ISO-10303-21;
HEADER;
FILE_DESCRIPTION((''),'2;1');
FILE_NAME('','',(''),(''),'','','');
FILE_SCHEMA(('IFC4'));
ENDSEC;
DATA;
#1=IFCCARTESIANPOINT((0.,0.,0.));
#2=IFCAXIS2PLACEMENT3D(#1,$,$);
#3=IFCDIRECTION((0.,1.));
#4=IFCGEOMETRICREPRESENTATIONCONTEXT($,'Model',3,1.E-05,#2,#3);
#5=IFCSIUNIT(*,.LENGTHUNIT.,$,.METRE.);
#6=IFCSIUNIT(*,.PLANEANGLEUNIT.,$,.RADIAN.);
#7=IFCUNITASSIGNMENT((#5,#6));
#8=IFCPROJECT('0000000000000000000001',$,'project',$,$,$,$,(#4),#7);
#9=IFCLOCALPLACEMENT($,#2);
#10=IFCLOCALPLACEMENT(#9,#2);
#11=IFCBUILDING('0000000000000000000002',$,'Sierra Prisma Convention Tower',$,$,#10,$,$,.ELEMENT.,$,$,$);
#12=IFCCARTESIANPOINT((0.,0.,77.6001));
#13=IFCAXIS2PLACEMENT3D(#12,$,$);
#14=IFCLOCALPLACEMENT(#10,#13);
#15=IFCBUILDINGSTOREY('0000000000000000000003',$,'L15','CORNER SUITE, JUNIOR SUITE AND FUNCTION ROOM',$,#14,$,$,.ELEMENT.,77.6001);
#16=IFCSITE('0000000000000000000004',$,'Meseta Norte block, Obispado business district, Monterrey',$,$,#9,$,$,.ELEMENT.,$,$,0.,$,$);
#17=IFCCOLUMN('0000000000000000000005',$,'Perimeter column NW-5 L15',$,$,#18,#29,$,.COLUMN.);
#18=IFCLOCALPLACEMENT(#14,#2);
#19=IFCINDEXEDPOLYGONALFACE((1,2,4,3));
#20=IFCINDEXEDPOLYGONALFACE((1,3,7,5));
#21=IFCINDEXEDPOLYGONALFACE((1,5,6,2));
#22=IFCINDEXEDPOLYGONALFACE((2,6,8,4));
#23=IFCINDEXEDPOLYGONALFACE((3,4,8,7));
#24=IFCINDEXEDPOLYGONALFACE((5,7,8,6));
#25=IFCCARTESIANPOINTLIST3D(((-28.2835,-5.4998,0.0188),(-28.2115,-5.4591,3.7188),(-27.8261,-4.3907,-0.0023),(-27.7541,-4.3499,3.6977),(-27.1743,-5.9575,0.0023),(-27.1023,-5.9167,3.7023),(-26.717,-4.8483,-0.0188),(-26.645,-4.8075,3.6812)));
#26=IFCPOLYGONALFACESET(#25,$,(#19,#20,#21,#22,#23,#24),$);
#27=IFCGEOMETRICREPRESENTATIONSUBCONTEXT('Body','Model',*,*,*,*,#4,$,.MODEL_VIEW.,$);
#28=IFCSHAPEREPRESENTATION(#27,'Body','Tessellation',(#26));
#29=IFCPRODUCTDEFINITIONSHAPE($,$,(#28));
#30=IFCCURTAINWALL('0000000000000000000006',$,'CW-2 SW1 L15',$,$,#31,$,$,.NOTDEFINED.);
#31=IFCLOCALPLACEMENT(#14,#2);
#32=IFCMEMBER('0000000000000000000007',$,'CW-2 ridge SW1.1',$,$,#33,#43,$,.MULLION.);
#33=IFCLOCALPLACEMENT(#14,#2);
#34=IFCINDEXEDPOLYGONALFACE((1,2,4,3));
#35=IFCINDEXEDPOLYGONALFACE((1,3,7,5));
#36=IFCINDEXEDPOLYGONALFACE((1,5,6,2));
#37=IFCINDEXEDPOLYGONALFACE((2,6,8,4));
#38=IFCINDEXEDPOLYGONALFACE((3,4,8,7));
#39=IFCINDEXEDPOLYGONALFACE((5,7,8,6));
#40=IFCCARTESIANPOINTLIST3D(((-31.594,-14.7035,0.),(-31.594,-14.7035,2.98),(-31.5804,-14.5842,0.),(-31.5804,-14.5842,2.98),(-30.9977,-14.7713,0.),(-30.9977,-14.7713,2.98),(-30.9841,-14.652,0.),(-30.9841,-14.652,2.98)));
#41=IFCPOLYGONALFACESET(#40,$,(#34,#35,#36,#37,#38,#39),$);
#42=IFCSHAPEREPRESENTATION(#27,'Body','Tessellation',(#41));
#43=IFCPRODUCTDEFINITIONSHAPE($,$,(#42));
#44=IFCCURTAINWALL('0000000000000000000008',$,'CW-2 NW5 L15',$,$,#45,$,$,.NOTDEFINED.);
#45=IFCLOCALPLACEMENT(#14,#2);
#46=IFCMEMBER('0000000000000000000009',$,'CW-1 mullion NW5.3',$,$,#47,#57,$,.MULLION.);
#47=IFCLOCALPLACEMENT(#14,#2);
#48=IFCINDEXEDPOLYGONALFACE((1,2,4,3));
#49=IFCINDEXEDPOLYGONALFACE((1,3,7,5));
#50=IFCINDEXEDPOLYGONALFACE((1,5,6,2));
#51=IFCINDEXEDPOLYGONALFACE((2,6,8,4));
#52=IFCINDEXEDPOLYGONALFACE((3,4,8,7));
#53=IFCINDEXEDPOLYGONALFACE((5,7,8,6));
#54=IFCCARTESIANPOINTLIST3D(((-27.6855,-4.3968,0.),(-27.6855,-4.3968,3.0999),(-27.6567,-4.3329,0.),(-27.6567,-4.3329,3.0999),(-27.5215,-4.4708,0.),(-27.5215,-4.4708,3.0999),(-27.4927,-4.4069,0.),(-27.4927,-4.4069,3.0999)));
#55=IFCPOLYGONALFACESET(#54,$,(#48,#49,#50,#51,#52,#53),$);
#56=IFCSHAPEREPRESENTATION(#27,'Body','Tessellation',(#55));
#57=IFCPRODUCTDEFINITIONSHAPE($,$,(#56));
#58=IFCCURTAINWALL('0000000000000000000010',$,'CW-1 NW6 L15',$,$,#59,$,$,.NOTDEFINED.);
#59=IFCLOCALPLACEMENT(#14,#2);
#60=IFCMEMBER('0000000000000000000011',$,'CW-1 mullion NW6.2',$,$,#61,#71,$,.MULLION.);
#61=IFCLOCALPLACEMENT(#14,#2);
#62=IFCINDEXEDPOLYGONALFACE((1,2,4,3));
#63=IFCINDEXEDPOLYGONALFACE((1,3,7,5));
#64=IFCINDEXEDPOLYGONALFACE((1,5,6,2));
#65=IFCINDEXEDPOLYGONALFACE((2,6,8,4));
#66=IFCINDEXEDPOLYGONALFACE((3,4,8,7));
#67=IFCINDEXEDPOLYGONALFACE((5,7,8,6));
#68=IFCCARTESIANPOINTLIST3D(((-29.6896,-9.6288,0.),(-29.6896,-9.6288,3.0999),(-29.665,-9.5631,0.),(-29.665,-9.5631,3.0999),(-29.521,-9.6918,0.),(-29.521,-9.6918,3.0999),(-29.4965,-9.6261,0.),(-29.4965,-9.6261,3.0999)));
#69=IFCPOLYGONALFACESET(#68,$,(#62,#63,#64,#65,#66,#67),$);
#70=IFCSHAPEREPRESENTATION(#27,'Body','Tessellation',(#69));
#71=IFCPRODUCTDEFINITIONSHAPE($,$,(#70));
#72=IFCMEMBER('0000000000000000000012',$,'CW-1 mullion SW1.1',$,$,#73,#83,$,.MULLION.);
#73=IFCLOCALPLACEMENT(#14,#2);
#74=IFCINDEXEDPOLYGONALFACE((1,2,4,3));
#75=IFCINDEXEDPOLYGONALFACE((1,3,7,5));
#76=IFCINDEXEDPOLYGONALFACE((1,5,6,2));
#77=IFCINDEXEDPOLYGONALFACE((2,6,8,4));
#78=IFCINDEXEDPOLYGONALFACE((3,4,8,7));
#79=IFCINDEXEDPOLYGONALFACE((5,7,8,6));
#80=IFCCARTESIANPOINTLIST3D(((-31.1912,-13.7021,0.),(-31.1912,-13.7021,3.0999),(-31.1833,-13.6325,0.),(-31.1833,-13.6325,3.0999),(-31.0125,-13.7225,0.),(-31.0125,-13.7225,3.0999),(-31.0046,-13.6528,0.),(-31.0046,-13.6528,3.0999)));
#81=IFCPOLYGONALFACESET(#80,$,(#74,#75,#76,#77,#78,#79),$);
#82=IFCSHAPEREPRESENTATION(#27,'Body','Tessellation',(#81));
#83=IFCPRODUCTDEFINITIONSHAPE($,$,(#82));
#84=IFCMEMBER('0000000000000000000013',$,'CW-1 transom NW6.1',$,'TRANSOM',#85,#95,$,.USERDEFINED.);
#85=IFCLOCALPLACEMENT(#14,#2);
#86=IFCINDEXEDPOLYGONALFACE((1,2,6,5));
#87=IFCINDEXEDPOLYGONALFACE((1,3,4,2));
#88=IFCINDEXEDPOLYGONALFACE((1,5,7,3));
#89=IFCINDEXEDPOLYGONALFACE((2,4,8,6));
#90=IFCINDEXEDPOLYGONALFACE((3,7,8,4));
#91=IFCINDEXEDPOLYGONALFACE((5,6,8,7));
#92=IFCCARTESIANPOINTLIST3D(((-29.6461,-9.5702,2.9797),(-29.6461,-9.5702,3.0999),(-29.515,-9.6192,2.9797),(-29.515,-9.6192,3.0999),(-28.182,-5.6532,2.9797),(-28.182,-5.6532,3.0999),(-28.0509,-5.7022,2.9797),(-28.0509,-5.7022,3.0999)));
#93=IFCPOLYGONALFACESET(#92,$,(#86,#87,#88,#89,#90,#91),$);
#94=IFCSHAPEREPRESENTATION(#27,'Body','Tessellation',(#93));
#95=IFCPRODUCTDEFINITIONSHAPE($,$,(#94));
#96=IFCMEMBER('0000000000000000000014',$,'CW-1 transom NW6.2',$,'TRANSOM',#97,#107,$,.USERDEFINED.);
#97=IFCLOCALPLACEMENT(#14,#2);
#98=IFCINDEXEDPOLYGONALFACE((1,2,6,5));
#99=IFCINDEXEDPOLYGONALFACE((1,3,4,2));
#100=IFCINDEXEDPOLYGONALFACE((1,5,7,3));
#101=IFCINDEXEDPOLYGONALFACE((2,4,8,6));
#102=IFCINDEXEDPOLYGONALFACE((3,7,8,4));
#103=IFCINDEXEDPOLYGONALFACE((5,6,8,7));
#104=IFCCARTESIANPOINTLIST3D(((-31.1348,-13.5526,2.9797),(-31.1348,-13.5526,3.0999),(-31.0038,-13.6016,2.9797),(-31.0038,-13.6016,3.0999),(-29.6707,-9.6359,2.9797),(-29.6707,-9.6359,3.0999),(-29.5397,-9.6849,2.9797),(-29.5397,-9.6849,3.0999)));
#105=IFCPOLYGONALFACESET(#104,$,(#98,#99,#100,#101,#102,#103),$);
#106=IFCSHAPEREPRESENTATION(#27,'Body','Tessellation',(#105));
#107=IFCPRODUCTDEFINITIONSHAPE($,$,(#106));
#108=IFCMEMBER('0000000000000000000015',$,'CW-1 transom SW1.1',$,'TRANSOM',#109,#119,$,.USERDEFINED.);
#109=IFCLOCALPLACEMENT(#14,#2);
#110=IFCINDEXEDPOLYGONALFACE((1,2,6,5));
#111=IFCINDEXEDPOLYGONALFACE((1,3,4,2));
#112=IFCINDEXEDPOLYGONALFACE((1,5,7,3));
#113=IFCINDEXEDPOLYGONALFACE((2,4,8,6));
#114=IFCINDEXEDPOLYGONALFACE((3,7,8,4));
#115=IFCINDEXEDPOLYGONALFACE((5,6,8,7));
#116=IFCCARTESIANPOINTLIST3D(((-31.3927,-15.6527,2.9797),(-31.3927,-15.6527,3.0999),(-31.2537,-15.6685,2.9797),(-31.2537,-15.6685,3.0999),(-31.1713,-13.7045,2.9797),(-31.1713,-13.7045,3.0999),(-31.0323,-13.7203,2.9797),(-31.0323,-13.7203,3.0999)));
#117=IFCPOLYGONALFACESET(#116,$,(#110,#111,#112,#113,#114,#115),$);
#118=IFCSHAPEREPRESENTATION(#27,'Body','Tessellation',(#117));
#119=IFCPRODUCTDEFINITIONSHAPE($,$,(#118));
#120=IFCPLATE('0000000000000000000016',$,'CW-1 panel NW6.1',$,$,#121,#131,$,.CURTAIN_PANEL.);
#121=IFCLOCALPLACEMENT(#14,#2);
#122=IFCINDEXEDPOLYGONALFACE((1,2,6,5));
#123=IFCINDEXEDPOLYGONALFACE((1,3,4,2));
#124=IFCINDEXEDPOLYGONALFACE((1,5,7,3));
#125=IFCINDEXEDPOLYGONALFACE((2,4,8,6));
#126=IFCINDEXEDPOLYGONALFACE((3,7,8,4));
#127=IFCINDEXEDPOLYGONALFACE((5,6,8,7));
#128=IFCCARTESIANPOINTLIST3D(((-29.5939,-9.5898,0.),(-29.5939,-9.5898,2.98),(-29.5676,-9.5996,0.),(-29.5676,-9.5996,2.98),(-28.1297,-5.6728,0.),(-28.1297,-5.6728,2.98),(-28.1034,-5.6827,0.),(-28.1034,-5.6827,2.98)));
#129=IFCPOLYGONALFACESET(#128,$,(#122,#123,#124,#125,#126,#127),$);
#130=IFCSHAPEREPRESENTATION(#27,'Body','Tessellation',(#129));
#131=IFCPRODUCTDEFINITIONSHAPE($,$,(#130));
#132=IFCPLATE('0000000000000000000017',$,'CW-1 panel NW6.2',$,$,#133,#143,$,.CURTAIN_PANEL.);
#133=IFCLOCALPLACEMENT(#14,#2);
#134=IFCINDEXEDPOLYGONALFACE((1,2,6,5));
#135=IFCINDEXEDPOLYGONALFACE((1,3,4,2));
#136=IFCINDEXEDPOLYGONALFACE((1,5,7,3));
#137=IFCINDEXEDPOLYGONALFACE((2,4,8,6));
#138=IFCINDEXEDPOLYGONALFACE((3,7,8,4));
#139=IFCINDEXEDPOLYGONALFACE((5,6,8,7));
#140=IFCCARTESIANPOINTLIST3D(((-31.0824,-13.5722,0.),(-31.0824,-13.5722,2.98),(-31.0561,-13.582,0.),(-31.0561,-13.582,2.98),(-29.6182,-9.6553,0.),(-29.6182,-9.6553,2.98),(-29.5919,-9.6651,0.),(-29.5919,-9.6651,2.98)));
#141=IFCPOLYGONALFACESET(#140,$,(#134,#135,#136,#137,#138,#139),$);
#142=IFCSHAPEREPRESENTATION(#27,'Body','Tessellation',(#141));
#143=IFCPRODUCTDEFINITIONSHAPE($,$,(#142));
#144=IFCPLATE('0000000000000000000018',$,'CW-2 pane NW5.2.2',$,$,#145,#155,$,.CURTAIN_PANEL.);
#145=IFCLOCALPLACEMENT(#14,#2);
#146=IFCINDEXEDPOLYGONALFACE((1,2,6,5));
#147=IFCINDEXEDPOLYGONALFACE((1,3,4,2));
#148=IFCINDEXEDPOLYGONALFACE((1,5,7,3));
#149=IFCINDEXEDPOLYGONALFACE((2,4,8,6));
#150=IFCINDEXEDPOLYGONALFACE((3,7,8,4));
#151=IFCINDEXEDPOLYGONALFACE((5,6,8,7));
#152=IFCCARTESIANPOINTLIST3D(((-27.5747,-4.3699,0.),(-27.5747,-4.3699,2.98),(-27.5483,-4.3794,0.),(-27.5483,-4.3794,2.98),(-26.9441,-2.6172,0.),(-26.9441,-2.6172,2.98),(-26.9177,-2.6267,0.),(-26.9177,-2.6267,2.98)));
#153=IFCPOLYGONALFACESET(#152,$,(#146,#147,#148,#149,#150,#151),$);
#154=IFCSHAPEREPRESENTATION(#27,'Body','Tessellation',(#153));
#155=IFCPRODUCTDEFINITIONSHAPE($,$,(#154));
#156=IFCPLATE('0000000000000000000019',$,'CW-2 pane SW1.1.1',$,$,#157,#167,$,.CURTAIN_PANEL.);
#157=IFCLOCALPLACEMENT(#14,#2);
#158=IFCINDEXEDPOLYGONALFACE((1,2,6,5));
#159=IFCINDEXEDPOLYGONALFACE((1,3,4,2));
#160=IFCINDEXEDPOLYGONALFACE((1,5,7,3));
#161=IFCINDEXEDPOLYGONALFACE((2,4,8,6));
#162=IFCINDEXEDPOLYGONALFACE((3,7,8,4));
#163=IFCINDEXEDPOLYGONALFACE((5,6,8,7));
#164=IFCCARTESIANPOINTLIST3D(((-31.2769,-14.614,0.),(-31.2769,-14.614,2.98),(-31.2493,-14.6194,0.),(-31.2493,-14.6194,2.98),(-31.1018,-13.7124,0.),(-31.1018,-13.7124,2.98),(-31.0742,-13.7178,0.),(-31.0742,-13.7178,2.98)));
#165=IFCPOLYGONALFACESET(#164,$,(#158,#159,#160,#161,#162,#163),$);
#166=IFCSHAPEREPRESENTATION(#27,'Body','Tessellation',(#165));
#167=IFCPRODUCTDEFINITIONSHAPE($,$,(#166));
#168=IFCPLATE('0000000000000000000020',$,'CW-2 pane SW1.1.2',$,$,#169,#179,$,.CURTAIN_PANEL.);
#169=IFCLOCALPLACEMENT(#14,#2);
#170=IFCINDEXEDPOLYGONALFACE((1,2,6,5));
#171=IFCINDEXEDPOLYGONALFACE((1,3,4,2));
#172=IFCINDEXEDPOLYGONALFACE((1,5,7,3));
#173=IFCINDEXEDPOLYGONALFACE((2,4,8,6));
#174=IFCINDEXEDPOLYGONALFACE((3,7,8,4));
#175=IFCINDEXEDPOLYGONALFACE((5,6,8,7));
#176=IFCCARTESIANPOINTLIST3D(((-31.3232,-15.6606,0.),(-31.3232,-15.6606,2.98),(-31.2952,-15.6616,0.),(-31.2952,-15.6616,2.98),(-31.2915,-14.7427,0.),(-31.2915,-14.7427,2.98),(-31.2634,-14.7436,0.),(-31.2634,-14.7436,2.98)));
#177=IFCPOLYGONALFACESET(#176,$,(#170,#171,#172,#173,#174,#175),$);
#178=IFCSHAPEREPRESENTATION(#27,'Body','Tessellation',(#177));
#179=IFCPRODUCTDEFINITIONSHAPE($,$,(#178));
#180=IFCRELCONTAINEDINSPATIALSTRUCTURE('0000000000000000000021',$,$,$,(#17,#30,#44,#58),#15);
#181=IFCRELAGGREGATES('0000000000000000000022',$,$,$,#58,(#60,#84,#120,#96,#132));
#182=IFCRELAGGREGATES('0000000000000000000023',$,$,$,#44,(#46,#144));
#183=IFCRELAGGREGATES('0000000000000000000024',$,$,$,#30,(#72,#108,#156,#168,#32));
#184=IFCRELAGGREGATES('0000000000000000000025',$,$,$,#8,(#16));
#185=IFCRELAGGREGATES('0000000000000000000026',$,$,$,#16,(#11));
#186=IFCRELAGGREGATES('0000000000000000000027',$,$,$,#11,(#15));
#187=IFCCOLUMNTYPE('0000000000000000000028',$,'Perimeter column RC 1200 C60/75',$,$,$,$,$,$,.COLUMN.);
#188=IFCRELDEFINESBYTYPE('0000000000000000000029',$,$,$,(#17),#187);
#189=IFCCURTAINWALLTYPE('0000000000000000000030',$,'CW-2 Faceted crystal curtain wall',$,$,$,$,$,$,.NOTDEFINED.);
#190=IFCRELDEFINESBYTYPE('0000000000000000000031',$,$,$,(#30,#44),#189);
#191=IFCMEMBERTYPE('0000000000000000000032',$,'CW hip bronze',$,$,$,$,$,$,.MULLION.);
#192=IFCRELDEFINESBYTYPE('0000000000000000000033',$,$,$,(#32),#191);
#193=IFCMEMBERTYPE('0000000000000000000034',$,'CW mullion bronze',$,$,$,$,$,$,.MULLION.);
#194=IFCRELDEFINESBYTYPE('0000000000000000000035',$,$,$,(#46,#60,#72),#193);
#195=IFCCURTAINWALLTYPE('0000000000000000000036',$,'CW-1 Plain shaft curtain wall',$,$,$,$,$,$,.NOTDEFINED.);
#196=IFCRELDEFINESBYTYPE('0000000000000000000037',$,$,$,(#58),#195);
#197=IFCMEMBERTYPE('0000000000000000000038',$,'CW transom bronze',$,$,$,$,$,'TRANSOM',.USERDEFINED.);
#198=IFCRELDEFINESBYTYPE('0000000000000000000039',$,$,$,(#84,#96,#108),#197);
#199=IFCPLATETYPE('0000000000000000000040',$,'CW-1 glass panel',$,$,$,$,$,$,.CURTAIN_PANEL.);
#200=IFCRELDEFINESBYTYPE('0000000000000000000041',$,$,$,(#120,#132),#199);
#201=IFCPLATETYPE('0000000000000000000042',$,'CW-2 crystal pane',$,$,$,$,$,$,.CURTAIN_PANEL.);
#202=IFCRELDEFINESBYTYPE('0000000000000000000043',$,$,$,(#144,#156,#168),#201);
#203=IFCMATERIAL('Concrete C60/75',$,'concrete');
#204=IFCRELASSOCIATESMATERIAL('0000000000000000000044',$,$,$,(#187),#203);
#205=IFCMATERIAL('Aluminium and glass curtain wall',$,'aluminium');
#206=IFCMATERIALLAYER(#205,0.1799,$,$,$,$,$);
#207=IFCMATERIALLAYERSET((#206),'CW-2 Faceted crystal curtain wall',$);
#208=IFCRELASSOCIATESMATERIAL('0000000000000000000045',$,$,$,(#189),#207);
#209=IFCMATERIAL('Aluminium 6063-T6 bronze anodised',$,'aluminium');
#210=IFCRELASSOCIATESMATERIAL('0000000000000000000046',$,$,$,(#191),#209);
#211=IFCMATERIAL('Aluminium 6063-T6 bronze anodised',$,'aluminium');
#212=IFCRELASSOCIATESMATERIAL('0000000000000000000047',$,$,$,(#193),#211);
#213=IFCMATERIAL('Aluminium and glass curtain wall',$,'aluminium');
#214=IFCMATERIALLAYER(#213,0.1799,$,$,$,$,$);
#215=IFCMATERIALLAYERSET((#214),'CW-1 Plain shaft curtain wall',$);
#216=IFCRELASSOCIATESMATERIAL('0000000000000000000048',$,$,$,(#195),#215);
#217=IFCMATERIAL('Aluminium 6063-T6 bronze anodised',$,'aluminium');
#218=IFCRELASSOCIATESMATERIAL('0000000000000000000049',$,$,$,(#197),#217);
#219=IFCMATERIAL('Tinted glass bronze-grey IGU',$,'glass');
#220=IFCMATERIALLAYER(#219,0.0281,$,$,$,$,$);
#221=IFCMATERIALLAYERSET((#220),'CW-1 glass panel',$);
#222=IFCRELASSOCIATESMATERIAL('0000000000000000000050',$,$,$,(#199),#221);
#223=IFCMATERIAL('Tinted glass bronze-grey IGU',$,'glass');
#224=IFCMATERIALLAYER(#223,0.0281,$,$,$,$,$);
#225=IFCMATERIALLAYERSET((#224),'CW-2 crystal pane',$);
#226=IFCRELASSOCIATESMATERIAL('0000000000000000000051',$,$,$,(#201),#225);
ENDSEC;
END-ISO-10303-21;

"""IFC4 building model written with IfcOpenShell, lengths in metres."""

from ifc_helpers import new_model, si_unit, direction, frame, origin, origin_2d, place, context, subcontext, project, spatial, polyline, rectangle, outline, extrude, material, layer, layer_set, material_profile, profile_set, type_object, element, aggregate, save


model = new_model("IFC4")

# Units and contexts
model_context = context("Model", 3, precision=1e-05, world=origin(), true_north=direction((0.0, 1.0)))
body_context = subcontext(model_context, "Body", "Model", "MODEL_VIEW")
ifc_project = project(units=[si_unit("LENGTHUNIT", "METRE"), si_unit("PLANEANGLEUNIT", "RADIAN")], contexts=[model_context])

# Site, building, storey
site_placement = place(None, origin())
site = spatial("IfcSite", under=ifc_project, at=site_placement, Name="Meseta Norte block, Obispado business district, Monterrey", CompositionType="ELEMENT", RefElevation=0.0)
building_placement = place(site_placement, origin())
building = spatial("IfcBuilding", under=site, at=building_placement, Name="Sierra Prisma Convention Tower", CompositionType="ELEMENT")
storey_placement = place(building_placement, frame((0.0, 0.0, 77.6001)))
storey = spatial("IfcBuildingStorey", under=building, at=storey_placement, Name="L15", Description="CORNER SUITE, JUNIOR SUITE AND FUNCTION ROOM", CompositionType="ELEMENT", Elevation=77.6001)

# Column
ifc_material_1 = material(Name="Concrete C60/75", Category="concrete")
ifc_material_profile_1 = material_profile(ifc_material_1, rectangle(XDim=1.2, YDim=1.2, at=origin_2d()), Name="Perimeter column RC 1200 C60/75")
ifc_profile_set_1 = profile_set([ifc_material_profile_1], Name="Concrete C60/75")
column_type = type_object("IfcColumnType", Name="Perimeter column RC 1200 C60/75", PredefinedType="COLUMN", material=ifc_profile_set_1)
column_placement = place(storey_placement, frame((-27.5002, -5.1741, 0.0), z_axis=(0.019461, 0.011017, 0.99975), x_axis=(0.381127, 0.924355, -0.017605)))
element("IfcColumn", 1, at=column_placement, inside=storey, type_object=column_type, Name="Perimeter column NW-5 L15", PredefinedType="COLUMN", context=body_context, shape_type="SweptSolid", body=[
    extrude(rectangle(XDim=1.2, YDim=1.2, at=origin_2d()), origin(), (0.0, 0.0, 1.0), 3.7009),
])

# Curtain walls, members
ifc_material_2 = material(Name="Aluminium and glass curtain wall", Category="aluminium")
ifc_layer_1 = layer(ifc_material_2, 0.1799)
ifc_layer_set_1 = layer_set([ifc_layer_1], Name="CW-2 Faceted crystal curtain wall")
curtain_wall_type_1 = type_object("IfcCurtainWallType", Name="CW-2 Faceted crystal curtain wall", PredefinedType="NOTDEFINED", material=ifc_layer_set_1)
curtain_wall_1_placement = place(storey_placement, origin())
curtain_wall_1 = element("IfcCurtainWall", 2, at=curtain_wall_1_placement, inside=storey, type_object=curtain_wall_type_1, Name="CW-2 SW1 L15", PredefinedType="NOTDEFINED")
ifc_material_3 = material(Name="Aluminium 6063-T6 bronze anodised", Category="aluminium")
ifc_material_profile_2 = material_profile(ifc_material_3, rectangle(XDim=0.1201, YDim=0.6001, at=origin_2d()), Name="ALU RIDGE BLADE 120x600")
ifc_profile_set_2 = profile_set([ifc_material_profile_2], Name="Aluminium 6063-T6 bronze anodised")
member_type_1 = type_object("IfcMemberType", Name="CW hip bronze", PredefinedType="MULLION", material=ifc_profile_set_2)
member_1_placement = place(storey_placement, frame((-31.2891, -14.6777, 0.0), z_axis=(0.0, 0.0, 1.0), x_axis=(-0.112981, -0.993597, 0.0)))
member_1 = element("IfcMember", 3, at=member_1_placement, type_object=member_type_1, Name="CW-2 ridge SW1.1", PredefinedType="MULLION", context=body_context, shape_type="SweptSolid", body=[
    extrude(rectangle(XDim=0.1201, YDim=0.6001, at=origin_2d()), origin(), (0.0, 0.0, 1.0), 2.98),
])
curtain_wall_2_placement = place(storey_placement, origin())
curtain_wall_2 = element("IfcCurtainWall", 4, at=curtain_wall_2_placement, inside=storey, type_object=curtain_wall_type_1, Name="CW-2 NW5 L15", PredefinedType="NOTDEFINED")
ifc_material_4 = material(Name="Aluminium 6063-T6 bronze anodised", Category="aluminium")
ifc_material_profile_3 = material_profile(ifc_material_4, rectangle(XDim=0.1799, YDim=0.0701, at=origin_2d()), Name="ALU MULLION 70x180")
ifc_profile_set_3 = profile_set([ifc_material_profile_3], Name="Aluminium 6063-T6 bronze anodised")
member_type_2 = type_object("IfcMemberType", Name="CW mullion bronze", PredefinedType="MULLION", material=ifc_profile_set_3)
member_2_placement = place(storey_placement, frame((-27.5891, -4.4019, 0.0), z_axis=(0.0, 0.0, 1.0), x_axis=(0.911443, -0.411426, 0.0)))
member_2 = element("IfcMember", 5, at=member_2_placement, type_object=member_type_2, Name="CW-1 mullion NW5.3", PredefinedType="MULLION", context=body_context, shape_type="SweptSolid", body=[
    extrude(rectangle(XDim=0.1799, YDim=0.0701, at=origin_2d()), origin(), (0.0, 0.0, 1.0), 3.0999),
])
ifc_material_5 = material(Name="Aluminium and glass curtain wall", Category="aluminium")
ifc_layer_2 = layer(ifc_material_5, 0.1799)
ifc_layer_set_2 = layer_set([ifc_layer_2], Name="CW-1 Plain shaft curtain wall")
curtain_wall_type_2 = type_object("IfcCurtainWallType", Name="CW-1 Plain shaft curtain wall", PredefinedType="NOTDEFINED", material=ifc_layer_set_2)
curtain_wall_3_placement = place(storey_placement, origin())
curtain_wall_3 = element("IfcCurtainWall", 6, at=curtain_wall_3_placement, inside=storey, type_object=curtain_wall_type_2, Name="CW-1 NW6 L15", PredefinedType="NOTDEFINED")
member_3_placement = place(storey_placement, frame((-29.593, -9.6274, 0.0), z_axis=(0.0, 0.0, 1.0), x_axis=(0.936697, -0.35014, 0.0)))
member_3 = element("IfcMember", 7, at=member_3_placement, type_object=member_type_2, Name="CW-1 mullion NW6.2", PredefinedType="MULLION", context=body_context, shape_type="SweptSolid", body=[
    extrude(rectangle(XDim=0.1799, YDim=0.0701, at=origin_2d()), origin(), (0.0, 0.0, 1.0), 3.0999),
])

# Members
member_4_placement = place(storey_placement, frame((-31.0979, -13.6775, 0.0), z_axis=(0.0, 0.0, 1.0), x_axis=(0.993597, -0.112981, 0.0)))
member_4 = element("IfcMember", 8, at=member_4_placement, type_object=member_type_2, Name="CW-1 mullion SW1.1", PredefinedType="MULLION", context=body_context, shape_type="SweptSolid", body=[
    extrude(rectangle(XDim=0.1799, YDim=0.0701, at=origin_2d()), origin(), (0.0, 0.0, 1.0), 3.0999),
])
ifc_material_6 = material(Name="Aluminium 6063-T6 bronze anodised", Category="aluminium")
ifc_material_profile_4 = material_profile(ifc_material_6, rectangle(XDim=0.1399, YDim=0.1201, at=origin_2d()), Name="ALU TRANSOM 120x140")
ifc_profile_set_4 = profile_set([ifc_material_profile_4], Name="Aluminium 6063-T6 bronze anodised")
member_type_3 = type_object("IfcMemberType", Name="CW transom bronze", ElementType="TRANSOM", PredefinedType="USERDEFINED", material=ifc_profile_set_4)
member_5_placement = place(storey_placement, frame((-28.1165, -5.6777, 3.0398), z_axis=(-0.350125, -0.936703, 0.0), x_axis=(0.936703, -0.350125, 0.0)))
member_5 = element("IfcMember", 9, at=member_5_placement, type_object=member_type_3, Name="CW-1 transom NW6.1", ObjectType="TRANSOM", PredefinedType="USERDEFINED", context=body_context, shape_type="SweptSolid", body=[
    extrude(rectangle(XDim=0.1399, YDim=0.1201, at=origin_2d()), origin(), (0.0, 0.0, 1.0), 4.1816),
])
member_6_placement = place(storey_placement, frame((-29.6052, -9.6604, 3.0398), z_axis=(-0.350144, -0.936696, 0.0), x_axis=(0.936696, -0.350144, 0.0)))
member_6 = element("IfcMember", 10, at=member_6_placement, type_object=member_type_3, Name="CW-1 transom NW6.2", ObjectType="TRANSOM", PredefinedType="USERDEFINED", context=body_context, shape_type="SweptSolid", body=[
    extrude(rectangle(XDim=0.1399, YDim=0.1201, at=origin_2d()), origin(), (0.0, 0.0, 1.0), 4.1814),
])
member_7_placement = place(storey_placement, frame((-31.1018, -13.7124, 3.0398), z_axis=(-0.112932, -0.993603, 0.0), x_axis=(0.993603, -0.112932, 0.0)))
member_7 = element("IfcMember", 11, at=member_7_placement, type_object=member_type_3, Name="CW-1 transom SW1.1", ObjectType="TRANSOM", PredefinedType="USERDEFINED", context=body_context, shape_type="SweptSolid", body=[
    extrude(rectangle(XDim=0.1399, YDim=0.1201, at=origin_2d()), origin(), (0.0, 0.0, 1.0), 1.9607),
])

# Plates
ifc_material_7 = material(Name="Tinted glass bronze-grey IGU", Category="glass")
ifc_layer_3 = layer(ifc_material_7, 0.0281)
ifc_layer_set_3 = layer_set([ifc_layer_3], Name="CW-1 glass panel")
plate_type_1 = type_object("IfcPlateType", Name="CW-1 glass panel", PredefinedType="CURTAIN_PANEL", material=ifc_layer_set_3)
plate_1_placement = place(storey_placement, frame((-28.8486, -7.6362, 0.0), z_axis=(0.0, 0.0, 1.0), x_axis=(-0.35014, -0.936697, 0.0)))
plate_1 = element("IfcPlate", 12, at=plate_1_placement, type_object=plate_type_1, Name="CW-1 panel NW6.1", PredefinedType="CURTAIN_PANEL", context=body_context, shape_type="SweptSolid", body=[
    extrude(rectangle(XDim=4.1816, YDim=0.0281, at=origin_2d()), origin(), (0.0, 0.0, 1.0), 2.98),
])
plate_2_placement = place(storey_placement, frame((-30.3372, -11.6187, 0.0), z_axis=(0.0, 0.0, 1.0), x_axis=(-0.35014, -0.936697, 0.0)))
plate_2 = element("IfcPlate", 13, at=plate_2_placement, type_object=plate_type_1, Name="CW-1 panel NW6.2", PredefinedType="CURTAIN_PANEL", context=body_context, shape_type="SweptSolid", body=[
    extrude(rectangle(XDim=4.1816, YDim=0.0281, at=origin_2d()), origin(), (0.0, 0.0, 1.0), 2.98),
])
aggregate(curtain_wall_3, [member_3, member_5, plate_1, member_6, plate_2])
ifc_material_8 = material(Name="Tinted glass bronze-grey IGU", Category="glass")
ifc_layer_4 = layer(ifc_material_8, 0.0281)
ifc_layer_set_4 = layer_set([ifc_layer_4], Name="CW-2 crystal pane")
plate_type_2 = type_object("IfcPlateType", Name="CW-2 crystal pane", PredefinedType="CURTAIN_PANEL", material=ifc_layer_set_4)
plate_3_placement = place(storey_placement, frame((-27.5747, -4.3699, 0.0), z_axis=(-0.940948, 0.338552, 0.0), x_axis=(0.338552, 0.940948, 0.0)))
plate_3 = element("IfcPlate", 14, at=plate_3_placement, type_object=plate_type_2, Name="CW-2 pane NW5.2.2", PredefinedType="CURTAIN_PANEL", context=body_context, shape_type="SweptSolid", body=[
    extrude(outline(polyline([(0.0, 0.0), (1.8627, 0.0), (1.8627, -2.98), (0.0, -2.98), (0.0, 0.0)])), origin(), (0.0, 0.0, -1.0), 0.0281),
])
aggregate(curtain_wall_2, [member_2, plate_3])
plate_4_placement = place(storey_placement, frame((-31.1018, -13.7124, 0.0), z_axis=(-0.981669, 0.190592, 0.0), x_axis=(-0.190592, -0.981669, 0.0)))
plate_4 = element("IfcPlate", 15, at=plate_4_placement, type_object=plate_type_2, Name="CW-2 pane SW1.1.1", PredefinedType="CURTAIN_PANEL", context=body_context, shape_type="SweptSolid", body=[
    extrude(outline(polyline([(0.0, 0.0), (0.9184, 0.0), (0.9184, 2.98), (0.0, 2.98), (0.0, 0.0)])), origin(), (0.0, 0.0, -1.0), 0.0281),
])
plate_5_placement = place(storey_placement, frame((-31.3232, -15.6606, 0.0), z_axis=(-0.999403, 0.034554, 0.0), x_axis=(0.034554, 0.999403, 0.0)))
plate_5 = element("IfcPlate", 16, at=plate_5_placement, type_object=plate_type_2, Name="CW-2 pane SW1.1.2", PredefinedType="CURTAIN_PANEL", context=body_context, shape_type="SweptSolid", body=[
    extrude(outline(polyline([(0.0, 0.0), (0.9185, 0.0), (0.9185, -2.98), (0.0, -2.98), (0.0, 0.0)])), origin(), (0.0, 0.0, -1.0), 0.0281),
])
aggregate(curtain_wall_1, [member_4, member_7, plate_4, plate_5, member_1])

save(model, "model.ifc")
